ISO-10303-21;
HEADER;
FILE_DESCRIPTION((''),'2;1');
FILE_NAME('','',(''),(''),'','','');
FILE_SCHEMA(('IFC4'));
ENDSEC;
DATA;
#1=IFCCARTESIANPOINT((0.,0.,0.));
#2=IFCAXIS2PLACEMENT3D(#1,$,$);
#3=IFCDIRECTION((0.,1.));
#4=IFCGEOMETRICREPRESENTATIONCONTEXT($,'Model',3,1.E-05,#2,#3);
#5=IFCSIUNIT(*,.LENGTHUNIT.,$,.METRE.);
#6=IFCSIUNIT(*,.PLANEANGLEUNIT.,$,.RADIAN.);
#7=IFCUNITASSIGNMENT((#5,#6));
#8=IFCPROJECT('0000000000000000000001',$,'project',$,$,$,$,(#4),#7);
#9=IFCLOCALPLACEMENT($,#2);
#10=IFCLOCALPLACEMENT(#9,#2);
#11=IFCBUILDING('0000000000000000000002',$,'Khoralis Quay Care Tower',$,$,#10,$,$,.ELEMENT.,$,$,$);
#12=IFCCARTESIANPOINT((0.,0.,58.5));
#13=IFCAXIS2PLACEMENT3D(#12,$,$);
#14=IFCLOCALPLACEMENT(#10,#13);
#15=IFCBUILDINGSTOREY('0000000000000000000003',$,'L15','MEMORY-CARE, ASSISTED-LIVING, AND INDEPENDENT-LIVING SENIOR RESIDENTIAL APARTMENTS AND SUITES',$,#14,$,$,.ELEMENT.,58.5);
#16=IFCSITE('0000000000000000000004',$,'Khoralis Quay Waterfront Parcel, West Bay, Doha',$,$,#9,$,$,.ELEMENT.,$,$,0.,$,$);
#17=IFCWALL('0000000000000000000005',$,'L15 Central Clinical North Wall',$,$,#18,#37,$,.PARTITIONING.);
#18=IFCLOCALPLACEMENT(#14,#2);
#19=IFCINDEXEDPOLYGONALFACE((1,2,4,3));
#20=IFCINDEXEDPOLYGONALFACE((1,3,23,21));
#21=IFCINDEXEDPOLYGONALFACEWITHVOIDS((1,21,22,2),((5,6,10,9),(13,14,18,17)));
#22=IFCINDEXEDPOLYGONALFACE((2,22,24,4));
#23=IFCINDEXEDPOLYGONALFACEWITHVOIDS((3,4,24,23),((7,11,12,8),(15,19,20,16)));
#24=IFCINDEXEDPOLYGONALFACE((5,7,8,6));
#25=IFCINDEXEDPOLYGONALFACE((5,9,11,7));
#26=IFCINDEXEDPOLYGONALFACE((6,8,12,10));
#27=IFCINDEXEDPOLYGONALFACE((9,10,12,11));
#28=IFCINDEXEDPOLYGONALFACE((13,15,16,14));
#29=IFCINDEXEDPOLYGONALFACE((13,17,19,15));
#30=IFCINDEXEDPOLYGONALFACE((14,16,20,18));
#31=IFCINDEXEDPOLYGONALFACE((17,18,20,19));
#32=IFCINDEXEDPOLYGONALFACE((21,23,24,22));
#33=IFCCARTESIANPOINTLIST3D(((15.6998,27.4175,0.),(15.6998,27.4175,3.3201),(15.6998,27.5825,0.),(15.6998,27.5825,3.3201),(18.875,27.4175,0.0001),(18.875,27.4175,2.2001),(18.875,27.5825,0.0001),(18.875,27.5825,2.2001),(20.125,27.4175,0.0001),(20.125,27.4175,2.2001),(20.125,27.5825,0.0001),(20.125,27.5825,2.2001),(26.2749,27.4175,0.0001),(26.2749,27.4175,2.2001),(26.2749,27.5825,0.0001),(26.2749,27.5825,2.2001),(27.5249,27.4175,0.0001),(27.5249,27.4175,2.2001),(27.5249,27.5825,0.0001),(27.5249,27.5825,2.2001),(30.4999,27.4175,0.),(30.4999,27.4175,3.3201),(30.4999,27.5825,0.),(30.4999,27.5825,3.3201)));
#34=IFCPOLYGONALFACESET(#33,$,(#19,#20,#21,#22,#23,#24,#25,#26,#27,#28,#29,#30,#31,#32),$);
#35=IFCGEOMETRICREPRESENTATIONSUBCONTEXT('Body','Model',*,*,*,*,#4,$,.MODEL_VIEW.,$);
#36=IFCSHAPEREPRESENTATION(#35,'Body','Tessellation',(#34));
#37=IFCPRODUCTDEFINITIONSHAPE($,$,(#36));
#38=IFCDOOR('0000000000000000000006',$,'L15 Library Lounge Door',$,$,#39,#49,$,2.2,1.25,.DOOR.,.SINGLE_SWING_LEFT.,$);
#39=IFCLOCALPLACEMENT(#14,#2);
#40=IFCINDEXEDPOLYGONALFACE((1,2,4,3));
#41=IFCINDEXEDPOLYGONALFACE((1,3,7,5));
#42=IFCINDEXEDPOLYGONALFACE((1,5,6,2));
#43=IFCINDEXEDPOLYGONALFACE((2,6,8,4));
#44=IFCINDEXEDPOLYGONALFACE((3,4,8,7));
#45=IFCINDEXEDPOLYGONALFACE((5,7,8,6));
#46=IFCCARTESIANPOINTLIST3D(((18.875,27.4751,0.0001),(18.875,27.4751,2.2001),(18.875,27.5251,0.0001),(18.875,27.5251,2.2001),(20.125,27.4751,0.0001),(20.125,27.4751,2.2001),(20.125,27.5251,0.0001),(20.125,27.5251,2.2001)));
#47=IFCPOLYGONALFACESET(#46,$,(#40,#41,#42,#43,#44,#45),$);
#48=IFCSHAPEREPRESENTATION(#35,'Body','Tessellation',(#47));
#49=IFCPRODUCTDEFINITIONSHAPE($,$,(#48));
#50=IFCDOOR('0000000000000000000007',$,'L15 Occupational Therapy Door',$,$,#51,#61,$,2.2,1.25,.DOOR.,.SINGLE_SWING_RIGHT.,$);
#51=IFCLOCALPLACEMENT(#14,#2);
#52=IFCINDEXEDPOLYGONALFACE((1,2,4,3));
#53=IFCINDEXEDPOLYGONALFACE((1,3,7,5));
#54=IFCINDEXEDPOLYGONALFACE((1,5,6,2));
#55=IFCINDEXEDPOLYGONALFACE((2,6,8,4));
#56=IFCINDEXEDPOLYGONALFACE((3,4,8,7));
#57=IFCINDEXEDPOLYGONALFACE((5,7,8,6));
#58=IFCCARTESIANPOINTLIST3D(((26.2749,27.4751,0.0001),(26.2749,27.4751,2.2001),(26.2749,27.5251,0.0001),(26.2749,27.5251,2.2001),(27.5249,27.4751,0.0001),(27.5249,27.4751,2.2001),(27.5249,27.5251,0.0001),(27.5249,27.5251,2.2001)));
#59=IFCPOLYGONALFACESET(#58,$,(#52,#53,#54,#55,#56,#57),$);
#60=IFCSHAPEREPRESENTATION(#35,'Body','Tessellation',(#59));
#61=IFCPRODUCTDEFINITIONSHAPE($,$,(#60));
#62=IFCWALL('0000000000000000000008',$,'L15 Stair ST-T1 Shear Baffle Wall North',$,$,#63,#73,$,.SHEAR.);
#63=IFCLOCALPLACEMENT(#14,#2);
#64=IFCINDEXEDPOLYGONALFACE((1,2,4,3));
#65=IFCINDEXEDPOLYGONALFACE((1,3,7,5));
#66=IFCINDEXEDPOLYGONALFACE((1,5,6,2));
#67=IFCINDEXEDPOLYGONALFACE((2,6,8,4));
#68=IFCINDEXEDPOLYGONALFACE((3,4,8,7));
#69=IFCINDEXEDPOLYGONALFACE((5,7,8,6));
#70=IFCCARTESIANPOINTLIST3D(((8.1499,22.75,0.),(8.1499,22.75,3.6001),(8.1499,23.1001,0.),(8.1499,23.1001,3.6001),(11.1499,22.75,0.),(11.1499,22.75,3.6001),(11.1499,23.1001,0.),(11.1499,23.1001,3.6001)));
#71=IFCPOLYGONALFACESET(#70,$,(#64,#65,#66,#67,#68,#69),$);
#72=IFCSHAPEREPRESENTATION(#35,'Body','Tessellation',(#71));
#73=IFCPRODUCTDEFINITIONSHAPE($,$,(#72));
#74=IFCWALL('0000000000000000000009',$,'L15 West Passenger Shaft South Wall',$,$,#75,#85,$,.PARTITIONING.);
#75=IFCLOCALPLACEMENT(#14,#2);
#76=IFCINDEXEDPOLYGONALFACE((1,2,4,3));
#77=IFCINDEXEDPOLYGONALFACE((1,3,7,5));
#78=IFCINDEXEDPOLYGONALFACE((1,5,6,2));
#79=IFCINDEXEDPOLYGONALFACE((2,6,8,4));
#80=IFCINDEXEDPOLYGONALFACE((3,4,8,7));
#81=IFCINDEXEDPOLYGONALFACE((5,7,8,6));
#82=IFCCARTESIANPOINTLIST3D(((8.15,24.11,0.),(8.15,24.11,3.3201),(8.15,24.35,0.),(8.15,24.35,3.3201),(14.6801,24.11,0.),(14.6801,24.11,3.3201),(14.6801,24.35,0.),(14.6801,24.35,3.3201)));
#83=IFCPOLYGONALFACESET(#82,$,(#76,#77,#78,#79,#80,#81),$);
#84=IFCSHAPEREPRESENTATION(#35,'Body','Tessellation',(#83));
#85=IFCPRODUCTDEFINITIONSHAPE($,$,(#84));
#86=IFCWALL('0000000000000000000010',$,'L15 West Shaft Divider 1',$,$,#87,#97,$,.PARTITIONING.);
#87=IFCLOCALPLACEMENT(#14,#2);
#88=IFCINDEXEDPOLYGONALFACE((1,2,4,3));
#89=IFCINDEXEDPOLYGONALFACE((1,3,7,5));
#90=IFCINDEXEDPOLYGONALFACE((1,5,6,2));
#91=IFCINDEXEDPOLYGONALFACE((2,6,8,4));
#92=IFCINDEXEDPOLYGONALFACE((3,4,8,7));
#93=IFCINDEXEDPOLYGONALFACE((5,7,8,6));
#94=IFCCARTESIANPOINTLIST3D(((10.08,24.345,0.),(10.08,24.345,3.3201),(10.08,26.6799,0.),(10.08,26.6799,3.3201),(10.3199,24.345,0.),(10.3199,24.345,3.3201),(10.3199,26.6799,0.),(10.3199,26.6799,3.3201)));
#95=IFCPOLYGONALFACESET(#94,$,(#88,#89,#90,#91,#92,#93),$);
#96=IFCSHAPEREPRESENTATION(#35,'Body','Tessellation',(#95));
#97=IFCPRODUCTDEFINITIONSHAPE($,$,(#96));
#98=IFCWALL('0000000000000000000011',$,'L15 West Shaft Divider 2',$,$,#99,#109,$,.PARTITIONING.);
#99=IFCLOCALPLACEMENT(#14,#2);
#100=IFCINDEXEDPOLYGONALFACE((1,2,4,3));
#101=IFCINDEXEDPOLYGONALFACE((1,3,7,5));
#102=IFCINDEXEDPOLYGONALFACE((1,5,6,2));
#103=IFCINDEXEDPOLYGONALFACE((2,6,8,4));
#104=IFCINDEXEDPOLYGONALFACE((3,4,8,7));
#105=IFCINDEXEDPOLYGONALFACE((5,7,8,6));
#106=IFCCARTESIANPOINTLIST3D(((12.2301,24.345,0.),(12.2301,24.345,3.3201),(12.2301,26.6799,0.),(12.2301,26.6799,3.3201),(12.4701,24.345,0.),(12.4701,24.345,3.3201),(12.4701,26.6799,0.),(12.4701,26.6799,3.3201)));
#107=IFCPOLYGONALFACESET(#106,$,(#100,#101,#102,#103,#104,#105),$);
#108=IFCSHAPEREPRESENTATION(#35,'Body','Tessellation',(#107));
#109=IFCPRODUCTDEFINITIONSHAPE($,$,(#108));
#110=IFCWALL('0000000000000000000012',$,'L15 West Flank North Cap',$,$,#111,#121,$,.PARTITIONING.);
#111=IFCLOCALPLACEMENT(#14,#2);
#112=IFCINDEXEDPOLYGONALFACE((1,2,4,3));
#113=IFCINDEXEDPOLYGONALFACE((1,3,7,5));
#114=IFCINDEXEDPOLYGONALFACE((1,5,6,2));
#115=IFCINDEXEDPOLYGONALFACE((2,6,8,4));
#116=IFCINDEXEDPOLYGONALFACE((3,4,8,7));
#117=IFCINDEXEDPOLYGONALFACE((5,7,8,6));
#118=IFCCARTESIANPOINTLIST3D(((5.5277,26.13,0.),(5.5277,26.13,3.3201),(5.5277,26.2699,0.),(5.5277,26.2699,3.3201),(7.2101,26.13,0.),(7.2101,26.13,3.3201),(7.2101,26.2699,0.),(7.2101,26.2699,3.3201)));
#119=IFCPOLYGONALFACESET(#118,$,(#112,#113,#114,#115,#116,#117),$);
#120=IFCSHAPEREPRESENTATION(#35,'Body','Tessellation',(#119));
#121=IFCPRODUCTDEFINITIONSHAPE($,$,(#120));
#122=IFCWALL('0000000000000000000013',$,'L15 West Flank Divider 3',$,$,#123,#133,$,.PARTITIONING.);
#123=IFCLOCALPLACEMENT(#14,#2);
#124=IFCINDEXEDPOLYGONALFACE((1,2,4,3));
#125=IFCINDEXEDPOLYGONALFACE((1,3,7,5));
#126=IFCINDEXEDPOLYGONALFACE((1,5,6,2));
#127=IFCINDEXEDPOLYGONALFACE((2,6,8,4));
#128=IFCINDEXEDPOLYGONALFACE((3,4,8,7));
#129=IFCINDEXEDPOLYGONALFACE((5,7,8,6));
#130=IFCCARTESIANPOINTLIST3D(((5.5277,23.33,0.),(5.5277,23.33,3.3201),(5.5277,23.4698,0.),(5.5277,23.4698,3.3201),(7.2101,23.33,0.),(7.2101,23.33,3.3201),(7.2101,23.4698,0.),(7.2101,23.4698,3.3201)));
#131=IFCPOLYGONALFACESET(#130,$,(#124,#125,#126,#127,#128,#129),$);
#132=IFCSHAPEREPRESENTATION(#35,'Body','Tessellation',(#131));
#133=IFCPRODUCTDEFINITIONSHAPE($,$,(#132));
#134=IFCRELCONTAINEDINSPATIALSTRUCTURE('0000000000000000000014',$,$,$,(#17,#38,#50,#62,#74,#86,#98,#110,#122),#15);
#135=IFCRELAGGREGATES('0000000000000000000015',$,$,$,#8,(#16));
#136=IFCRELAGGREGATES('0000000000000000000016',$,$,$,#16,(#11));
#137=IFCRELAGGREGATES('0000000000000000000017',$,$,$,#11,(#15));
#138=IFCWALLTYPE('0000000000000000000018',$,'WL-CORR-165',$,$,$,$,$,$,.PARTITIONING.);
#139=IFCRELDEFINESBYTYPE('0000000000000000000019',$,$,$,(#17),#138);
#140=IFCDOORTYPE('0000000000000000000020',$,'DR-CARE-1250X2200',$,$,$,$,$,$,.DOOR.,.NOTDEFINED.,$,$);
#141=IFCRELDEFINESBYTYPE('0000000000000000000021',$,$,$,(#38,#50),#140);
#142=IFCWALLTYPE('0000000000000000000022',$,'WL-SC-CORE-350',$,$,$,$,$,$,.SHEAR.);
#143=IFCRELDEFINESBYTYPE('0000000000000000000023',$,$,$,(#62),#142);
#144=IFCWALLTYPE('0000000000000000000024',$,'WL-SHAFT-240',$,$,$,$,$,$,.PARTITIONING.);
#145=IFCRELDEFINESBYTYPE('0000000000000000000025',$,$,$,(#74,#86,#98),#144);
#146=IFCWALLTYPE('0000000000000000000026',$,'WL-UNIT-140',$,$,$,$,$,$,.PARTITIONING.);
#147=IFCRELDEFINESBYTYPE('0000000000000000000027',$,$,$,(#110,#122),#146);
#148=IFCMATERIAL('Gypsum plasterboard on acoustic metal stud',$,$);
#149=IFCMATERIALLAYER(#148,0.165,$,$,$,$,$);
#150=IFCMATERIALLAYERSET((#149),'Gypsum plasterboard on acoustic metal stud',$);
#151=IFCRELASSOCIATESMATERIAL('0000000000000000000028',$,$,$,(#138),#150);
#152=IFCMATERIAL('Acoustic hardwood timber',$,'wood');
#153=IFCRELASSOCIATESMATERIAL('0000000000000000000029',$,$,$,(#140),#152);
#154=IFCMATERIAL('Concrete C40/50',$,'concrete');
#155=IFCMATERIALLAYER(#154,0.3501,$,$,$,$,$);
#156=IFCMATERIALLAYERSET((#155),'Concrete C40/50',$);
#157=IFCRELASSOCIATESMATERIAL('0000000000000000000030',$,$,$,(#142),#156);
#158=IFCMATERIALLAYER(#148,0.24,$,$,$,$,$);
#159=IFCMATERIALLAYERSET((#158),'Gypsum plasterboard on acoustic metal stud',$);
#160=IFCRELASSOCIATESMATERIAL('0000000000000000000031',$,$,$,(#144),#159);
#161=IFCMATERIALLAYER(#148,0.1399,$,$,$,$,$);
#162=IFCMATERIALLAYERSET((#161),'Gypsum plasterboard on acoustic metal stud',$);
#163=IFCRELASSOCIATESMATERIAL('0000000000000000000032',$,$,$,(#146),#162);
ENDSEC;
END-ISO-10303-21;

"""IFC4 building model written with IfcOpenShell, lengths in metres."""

from ifc_helpers import new_model, si_unit, direction, frame, frame_2d, origin, place, context, subcontext, project, spatial, rectangle, extrude, source, transform, mapped, material, layer, layer_set, type_object, element, fill, save


model = new_model("IFC4")

# Units and contexts
model_context = context("Model", 3, precision=1e-05, world=origin(), true_north=direction((0.0, 1.0)))
body_context = subcontext(model_context, "Body", "Model", "MODEL_VIEW")
ifc_project = project(units=[si_unit("LENGTHUNIT", "METRE"), si_unit("PLANEANGLEUNIT", "RADIAN")], contexts=[model_context])

# Site, building, storey
site_placement = place(None, origin())
site = spatial("IfcSite", under=ifc_project, at=site_placement, Name="Khoralis Quay Waterfront Parcel, West Bay, Doha", CompositionType="ELEMENT", RefElevation=0.0)
building_placement = place(site_placement, origin())
building = spatial("IfcBuilding", under=site, at=building_placement, Name="Khoralis Quay Care Tower", CompositionType="ELEMENT")
storey_placement = place(building_placement, frame((0.0, 0.0, 58.5)))
storey = spatial("IfcBuildingStorey", under=building, at=storey_placement, Name="L15", Description="MEMORY-CARE, ASSISTED-LIVING, AND INDEPENDENT-LIVING SENIOR RESIDENTIAL APARTMENTS AND SUITES", CompositionType="ELEMENT", Elevation=58.5)

# Shared definitions
ifc_material_1 = material(Name="Gypsum plasterboard on acoustic metal stud")
ifc_layer_1 = layer(ifc_material_1, 0.165)
ifc_layer_set_1 = layer_set([ifc_layer_1], Name="Gypsum plasterboard on acoustic metal stud")
wall_type_1 = type_object("IfcWallType", Name="WL-CORR-165", PredefinedType="PARTITIONING", material=ifc_layer_set_1)

# Wall, openings, doors
wall_1_placement = place(storey_placement, frame((15.7, 27.5, 0.0), z_axis=(0.0, 0.0, 1.0), x_axis=(1.0, 0.0, 0.0)))
wall_1 = element("IfcWall", 1, at=wall_1_placement, inside=storey, type_object=wall_type_1, Name="L15 Central Clinical North Wall", PredefinedType="PARTITIONING", context=body_context, shape_type="SweptSolid", body=[
    extrude(rectangle(XDim=14.8, YDim=0.165, at=frame_2d((7.3999, 0.0))), origin(), (0.0, 0.0, 1.0), 3.3201),
])
opening_1_placement = place(wall_1_placement, frame((3.175, 0.0, 0.0)))
opening_1 = element("IfcOpeningElement", 2, at=opening_1_placement, cuts=wall_1, PredefinedType="OPENING", context=body_context, shape_type="SweptSolid", body=[
    extrude(rectangle(XDim=1.25, YDim=2.2, at=frame_2d((0.625, 1.1001))), frame((0.0, 0.0925, 0.0), z_axis=(0.0, -1.0, 0.0), x_axis=(1.0, 0.0, 0.0)), (0.0, 0.0, 1.0), 0.1851),
])
opening_2_placement = place(wall_1_placement, frame((10.575, 0.0, 0.0)))
opening_2 = element("IfcOpeningElement", 3, at=opening_2_placement, cuts=wall_1, PredefinedType="OPENING", context=body_context, shape_type="SweptSolid", body=[
    extrude(rectangle(XDim=1.25, YDim=2.2, at=frame_2d((0.625, 1.1001))), frame((0.0, 0.0925, 0.0), z_axis=(0.0, -1.0, 0.0), x_axis=(1.0, 0.0, 0.0)), (0.0, 0.0, 1.0), 0.1851),
])
ifc_material_2 = material(Name="Acoustic hardwood timber", Category="wood")
door_type_1 = type_object("IfcDoorType", Name="DR-CARE-1250X2200", OperationType="NOTDEFINED", PredefinedType="DOOR", material=ifc_material_2)
shared_shape_1 = source(origin(), body_context, "Body", "SweptSolid", [
    extrude(rectangle(XDim=1.25, YDim=2.2, at=frame_2d((0.625, 1.1001))), frame((0.0, 0.0249, 0.0), z_axis=(0.0, -1.0, 0.0), x_axis=(1.0, 0.0, 0.0)), (0.0, 0.0, 1.0), 0.05),
])
door_1_placement = place(opening_1_placement, frame((1.25, 0.0, 0.0), z_axis=(0.0, 0.0, 1.0), x_axis=(-1.0, 0.0, 0.0)))
door_1 = element("IfcDoor", 4, at=door_1_placement, inside=storey, type_object=door_type_1, Name="L15 Library Lounge Door", OperationType="SINGLE_SWING_LEFT", OverallHeight=2.2, OverallWidth=1.25, PredefinedType="DOOR", context=body_context, shape_type="MappedRepresentation", body=[
    mapped(shared_shape_1, transform((0.0, 0.0, 0.0), scale=1.0)),
])
fill(opening_1, door_1)
door_2_placement = place(opening_2_placement, frame((1.25, 0.0, 0.0), z_axis=(0.0, 0.0, 1.0), x_axis=(-1.0, 0.0, 0.0)))
door_2 = element("IfcDoor", 5, at=door_2_placement, inside=storey, type_object=door_type_1, Name="L15 Occupational Therapy Door", OperationType="SINGLE_SWING_RIGHT", OverallHeight=2.2, OverallWidth=1.25, PredefinedType="DOOR", context=body_context, shape_type="MappedRepresentation", body=[
    mapped(shared_shape_1, transform((0.0, 0.0, 0.0), scale=1.0)),
])
fill(opening_2, door_2)

# Walls
ifc_material_3 = material(Name="Concrete C40/50", Category="concrete")
ifc_layer_2 = layer(ifc_material_3, 0.3501)
ifc_layer_set_2 = layer_set([ifc_layer_2], Name="Concrete C40/50")
wall_type_2 = type_object("IfcWallType", Name="WL-SC-CORE-350", PredefinedType="SHEAR", material=ifc_layer_set_2)
wall_2_placement = place(storey_placement, frame((8.1499, 22.925, 0.0), z_axis=(0.0, 0.0, 1.0), x_axis=(1.0, 0.0, 0.0)))
element("IfcWall", 6, at=wall_2_placement, inside=storey, type_object=wall_type_2, Name="L15 Stair ST-T1 Shear Baffle Wall North", PredefinedType="SHEAR", context=body_context, shape_type="SweptSolid", body=[
    extrude(rectangle(XDim=3.0, YDim=0.3501, at=frame_2d((1.5, 0.0))), origin(), (0.0, 0.0, 1.0), 3.6001),
])
ifc_layer_3 = layer(ifc_material_1, 0.24)
ifc_layer_set_3 = layer_set([ifc_layer_3], Name="Gypsum plasterboard on acoustic metal stud")
wall_type_3 = type_object("IfcWallType", Name="WL-SHAFT-240", PredefinedType="PARTITIONING", material=ifc_layer_set_3)
wall_3_placement = place(storey_placement, frame((8.1499, 24.23, 0.0), z_axis=(0.0, 0.0, 1.0), x_axis=(1.0, 0.0, 0.0)))
element("IfcWall", 7, at=wall_3_placement, inside=storey, type_object=wall_type_3, Name="L15 West Passenger Shaft South Wall", PredefinedType="PARTITIONING", context=body_context, shape_type="SweptSolid", body=[
    extrude(rectangle(XDim=6.53, YDim=0.24, at=frame_2d((3.2651, 0.0))), origin(), (0.0, 0.0, 1.0), 3.3201),
])
for number, where, z_axis, x_axis, name in (
    (8, (10.2, 24.345, 0.0), (0.0, 0.0, 1.0), (0.0, 1.0, 0.0), "L15 West Shaft Divider 1"),
    (9, (12.3501, 24.345, 0.0), (0.0, 0.0, 1.0), (0.0, 1.0, 0.0), "L15 West Shaft Divider 2"),
):
    element("IfcWall", number, at=place(storey_placement, frame(where, z_axis=z_axis, x_axis=x_axis)), inside=storey, type_object=wall_type_3, Name=name, PredefinedType="PARTITIONING", context=body_context, shape_type="SweptSolid", body=[
        extrude(rectangle(XDim=2.335, YDim=0.24, at=frame_2d((1.1675, 0.0))), origin(), (0.0, 0.0, 1.0), 3.3201),
    ])
ifc_layer_4 = layer(ifc_material_1, 0.1399)
ifc_layer_set_4 = layer_set([ifc_layer_4], Name="Gypsum plasterboard on acoustic metal stud")
wall_type_4 = type_object("IfcWallType", Name="WL-UNIT-140", PredefinedType="PARTITIONING", material=ifc_layer_set_4)
for number, where, z_axis, x_axis, name in (
    (10, (5.5276, 26.2, 0.0), (0.0, 0.0, 1.0), (1.0, 0.0, 0.0), "L15 West Flank North Cap"),
    (11, (5.5276, 23.3999, 0.0), (0.0, 0.0, 1.0), (1.0, 0.0, 0.0), "L15 West Flank Divider 3"),
):
    element("IfcWall", number, at=place(storey_placement, frame(where, z_axis=z_axis, x_axis=x_axis)), inside=storey, type_object=wall_type_4, Name=name, PredefinedType="PARTITIONING", context=body_context, shape_type="SweptSolid", body=[
        extrude(rectangle(XDim=1.6824, YDim=0.1399, at=frame_2d((0.8413, 0.0))), origin(), (0.0, 0.0, 1.0), 3.3201),
    ])

save(model, "model.ifc")
